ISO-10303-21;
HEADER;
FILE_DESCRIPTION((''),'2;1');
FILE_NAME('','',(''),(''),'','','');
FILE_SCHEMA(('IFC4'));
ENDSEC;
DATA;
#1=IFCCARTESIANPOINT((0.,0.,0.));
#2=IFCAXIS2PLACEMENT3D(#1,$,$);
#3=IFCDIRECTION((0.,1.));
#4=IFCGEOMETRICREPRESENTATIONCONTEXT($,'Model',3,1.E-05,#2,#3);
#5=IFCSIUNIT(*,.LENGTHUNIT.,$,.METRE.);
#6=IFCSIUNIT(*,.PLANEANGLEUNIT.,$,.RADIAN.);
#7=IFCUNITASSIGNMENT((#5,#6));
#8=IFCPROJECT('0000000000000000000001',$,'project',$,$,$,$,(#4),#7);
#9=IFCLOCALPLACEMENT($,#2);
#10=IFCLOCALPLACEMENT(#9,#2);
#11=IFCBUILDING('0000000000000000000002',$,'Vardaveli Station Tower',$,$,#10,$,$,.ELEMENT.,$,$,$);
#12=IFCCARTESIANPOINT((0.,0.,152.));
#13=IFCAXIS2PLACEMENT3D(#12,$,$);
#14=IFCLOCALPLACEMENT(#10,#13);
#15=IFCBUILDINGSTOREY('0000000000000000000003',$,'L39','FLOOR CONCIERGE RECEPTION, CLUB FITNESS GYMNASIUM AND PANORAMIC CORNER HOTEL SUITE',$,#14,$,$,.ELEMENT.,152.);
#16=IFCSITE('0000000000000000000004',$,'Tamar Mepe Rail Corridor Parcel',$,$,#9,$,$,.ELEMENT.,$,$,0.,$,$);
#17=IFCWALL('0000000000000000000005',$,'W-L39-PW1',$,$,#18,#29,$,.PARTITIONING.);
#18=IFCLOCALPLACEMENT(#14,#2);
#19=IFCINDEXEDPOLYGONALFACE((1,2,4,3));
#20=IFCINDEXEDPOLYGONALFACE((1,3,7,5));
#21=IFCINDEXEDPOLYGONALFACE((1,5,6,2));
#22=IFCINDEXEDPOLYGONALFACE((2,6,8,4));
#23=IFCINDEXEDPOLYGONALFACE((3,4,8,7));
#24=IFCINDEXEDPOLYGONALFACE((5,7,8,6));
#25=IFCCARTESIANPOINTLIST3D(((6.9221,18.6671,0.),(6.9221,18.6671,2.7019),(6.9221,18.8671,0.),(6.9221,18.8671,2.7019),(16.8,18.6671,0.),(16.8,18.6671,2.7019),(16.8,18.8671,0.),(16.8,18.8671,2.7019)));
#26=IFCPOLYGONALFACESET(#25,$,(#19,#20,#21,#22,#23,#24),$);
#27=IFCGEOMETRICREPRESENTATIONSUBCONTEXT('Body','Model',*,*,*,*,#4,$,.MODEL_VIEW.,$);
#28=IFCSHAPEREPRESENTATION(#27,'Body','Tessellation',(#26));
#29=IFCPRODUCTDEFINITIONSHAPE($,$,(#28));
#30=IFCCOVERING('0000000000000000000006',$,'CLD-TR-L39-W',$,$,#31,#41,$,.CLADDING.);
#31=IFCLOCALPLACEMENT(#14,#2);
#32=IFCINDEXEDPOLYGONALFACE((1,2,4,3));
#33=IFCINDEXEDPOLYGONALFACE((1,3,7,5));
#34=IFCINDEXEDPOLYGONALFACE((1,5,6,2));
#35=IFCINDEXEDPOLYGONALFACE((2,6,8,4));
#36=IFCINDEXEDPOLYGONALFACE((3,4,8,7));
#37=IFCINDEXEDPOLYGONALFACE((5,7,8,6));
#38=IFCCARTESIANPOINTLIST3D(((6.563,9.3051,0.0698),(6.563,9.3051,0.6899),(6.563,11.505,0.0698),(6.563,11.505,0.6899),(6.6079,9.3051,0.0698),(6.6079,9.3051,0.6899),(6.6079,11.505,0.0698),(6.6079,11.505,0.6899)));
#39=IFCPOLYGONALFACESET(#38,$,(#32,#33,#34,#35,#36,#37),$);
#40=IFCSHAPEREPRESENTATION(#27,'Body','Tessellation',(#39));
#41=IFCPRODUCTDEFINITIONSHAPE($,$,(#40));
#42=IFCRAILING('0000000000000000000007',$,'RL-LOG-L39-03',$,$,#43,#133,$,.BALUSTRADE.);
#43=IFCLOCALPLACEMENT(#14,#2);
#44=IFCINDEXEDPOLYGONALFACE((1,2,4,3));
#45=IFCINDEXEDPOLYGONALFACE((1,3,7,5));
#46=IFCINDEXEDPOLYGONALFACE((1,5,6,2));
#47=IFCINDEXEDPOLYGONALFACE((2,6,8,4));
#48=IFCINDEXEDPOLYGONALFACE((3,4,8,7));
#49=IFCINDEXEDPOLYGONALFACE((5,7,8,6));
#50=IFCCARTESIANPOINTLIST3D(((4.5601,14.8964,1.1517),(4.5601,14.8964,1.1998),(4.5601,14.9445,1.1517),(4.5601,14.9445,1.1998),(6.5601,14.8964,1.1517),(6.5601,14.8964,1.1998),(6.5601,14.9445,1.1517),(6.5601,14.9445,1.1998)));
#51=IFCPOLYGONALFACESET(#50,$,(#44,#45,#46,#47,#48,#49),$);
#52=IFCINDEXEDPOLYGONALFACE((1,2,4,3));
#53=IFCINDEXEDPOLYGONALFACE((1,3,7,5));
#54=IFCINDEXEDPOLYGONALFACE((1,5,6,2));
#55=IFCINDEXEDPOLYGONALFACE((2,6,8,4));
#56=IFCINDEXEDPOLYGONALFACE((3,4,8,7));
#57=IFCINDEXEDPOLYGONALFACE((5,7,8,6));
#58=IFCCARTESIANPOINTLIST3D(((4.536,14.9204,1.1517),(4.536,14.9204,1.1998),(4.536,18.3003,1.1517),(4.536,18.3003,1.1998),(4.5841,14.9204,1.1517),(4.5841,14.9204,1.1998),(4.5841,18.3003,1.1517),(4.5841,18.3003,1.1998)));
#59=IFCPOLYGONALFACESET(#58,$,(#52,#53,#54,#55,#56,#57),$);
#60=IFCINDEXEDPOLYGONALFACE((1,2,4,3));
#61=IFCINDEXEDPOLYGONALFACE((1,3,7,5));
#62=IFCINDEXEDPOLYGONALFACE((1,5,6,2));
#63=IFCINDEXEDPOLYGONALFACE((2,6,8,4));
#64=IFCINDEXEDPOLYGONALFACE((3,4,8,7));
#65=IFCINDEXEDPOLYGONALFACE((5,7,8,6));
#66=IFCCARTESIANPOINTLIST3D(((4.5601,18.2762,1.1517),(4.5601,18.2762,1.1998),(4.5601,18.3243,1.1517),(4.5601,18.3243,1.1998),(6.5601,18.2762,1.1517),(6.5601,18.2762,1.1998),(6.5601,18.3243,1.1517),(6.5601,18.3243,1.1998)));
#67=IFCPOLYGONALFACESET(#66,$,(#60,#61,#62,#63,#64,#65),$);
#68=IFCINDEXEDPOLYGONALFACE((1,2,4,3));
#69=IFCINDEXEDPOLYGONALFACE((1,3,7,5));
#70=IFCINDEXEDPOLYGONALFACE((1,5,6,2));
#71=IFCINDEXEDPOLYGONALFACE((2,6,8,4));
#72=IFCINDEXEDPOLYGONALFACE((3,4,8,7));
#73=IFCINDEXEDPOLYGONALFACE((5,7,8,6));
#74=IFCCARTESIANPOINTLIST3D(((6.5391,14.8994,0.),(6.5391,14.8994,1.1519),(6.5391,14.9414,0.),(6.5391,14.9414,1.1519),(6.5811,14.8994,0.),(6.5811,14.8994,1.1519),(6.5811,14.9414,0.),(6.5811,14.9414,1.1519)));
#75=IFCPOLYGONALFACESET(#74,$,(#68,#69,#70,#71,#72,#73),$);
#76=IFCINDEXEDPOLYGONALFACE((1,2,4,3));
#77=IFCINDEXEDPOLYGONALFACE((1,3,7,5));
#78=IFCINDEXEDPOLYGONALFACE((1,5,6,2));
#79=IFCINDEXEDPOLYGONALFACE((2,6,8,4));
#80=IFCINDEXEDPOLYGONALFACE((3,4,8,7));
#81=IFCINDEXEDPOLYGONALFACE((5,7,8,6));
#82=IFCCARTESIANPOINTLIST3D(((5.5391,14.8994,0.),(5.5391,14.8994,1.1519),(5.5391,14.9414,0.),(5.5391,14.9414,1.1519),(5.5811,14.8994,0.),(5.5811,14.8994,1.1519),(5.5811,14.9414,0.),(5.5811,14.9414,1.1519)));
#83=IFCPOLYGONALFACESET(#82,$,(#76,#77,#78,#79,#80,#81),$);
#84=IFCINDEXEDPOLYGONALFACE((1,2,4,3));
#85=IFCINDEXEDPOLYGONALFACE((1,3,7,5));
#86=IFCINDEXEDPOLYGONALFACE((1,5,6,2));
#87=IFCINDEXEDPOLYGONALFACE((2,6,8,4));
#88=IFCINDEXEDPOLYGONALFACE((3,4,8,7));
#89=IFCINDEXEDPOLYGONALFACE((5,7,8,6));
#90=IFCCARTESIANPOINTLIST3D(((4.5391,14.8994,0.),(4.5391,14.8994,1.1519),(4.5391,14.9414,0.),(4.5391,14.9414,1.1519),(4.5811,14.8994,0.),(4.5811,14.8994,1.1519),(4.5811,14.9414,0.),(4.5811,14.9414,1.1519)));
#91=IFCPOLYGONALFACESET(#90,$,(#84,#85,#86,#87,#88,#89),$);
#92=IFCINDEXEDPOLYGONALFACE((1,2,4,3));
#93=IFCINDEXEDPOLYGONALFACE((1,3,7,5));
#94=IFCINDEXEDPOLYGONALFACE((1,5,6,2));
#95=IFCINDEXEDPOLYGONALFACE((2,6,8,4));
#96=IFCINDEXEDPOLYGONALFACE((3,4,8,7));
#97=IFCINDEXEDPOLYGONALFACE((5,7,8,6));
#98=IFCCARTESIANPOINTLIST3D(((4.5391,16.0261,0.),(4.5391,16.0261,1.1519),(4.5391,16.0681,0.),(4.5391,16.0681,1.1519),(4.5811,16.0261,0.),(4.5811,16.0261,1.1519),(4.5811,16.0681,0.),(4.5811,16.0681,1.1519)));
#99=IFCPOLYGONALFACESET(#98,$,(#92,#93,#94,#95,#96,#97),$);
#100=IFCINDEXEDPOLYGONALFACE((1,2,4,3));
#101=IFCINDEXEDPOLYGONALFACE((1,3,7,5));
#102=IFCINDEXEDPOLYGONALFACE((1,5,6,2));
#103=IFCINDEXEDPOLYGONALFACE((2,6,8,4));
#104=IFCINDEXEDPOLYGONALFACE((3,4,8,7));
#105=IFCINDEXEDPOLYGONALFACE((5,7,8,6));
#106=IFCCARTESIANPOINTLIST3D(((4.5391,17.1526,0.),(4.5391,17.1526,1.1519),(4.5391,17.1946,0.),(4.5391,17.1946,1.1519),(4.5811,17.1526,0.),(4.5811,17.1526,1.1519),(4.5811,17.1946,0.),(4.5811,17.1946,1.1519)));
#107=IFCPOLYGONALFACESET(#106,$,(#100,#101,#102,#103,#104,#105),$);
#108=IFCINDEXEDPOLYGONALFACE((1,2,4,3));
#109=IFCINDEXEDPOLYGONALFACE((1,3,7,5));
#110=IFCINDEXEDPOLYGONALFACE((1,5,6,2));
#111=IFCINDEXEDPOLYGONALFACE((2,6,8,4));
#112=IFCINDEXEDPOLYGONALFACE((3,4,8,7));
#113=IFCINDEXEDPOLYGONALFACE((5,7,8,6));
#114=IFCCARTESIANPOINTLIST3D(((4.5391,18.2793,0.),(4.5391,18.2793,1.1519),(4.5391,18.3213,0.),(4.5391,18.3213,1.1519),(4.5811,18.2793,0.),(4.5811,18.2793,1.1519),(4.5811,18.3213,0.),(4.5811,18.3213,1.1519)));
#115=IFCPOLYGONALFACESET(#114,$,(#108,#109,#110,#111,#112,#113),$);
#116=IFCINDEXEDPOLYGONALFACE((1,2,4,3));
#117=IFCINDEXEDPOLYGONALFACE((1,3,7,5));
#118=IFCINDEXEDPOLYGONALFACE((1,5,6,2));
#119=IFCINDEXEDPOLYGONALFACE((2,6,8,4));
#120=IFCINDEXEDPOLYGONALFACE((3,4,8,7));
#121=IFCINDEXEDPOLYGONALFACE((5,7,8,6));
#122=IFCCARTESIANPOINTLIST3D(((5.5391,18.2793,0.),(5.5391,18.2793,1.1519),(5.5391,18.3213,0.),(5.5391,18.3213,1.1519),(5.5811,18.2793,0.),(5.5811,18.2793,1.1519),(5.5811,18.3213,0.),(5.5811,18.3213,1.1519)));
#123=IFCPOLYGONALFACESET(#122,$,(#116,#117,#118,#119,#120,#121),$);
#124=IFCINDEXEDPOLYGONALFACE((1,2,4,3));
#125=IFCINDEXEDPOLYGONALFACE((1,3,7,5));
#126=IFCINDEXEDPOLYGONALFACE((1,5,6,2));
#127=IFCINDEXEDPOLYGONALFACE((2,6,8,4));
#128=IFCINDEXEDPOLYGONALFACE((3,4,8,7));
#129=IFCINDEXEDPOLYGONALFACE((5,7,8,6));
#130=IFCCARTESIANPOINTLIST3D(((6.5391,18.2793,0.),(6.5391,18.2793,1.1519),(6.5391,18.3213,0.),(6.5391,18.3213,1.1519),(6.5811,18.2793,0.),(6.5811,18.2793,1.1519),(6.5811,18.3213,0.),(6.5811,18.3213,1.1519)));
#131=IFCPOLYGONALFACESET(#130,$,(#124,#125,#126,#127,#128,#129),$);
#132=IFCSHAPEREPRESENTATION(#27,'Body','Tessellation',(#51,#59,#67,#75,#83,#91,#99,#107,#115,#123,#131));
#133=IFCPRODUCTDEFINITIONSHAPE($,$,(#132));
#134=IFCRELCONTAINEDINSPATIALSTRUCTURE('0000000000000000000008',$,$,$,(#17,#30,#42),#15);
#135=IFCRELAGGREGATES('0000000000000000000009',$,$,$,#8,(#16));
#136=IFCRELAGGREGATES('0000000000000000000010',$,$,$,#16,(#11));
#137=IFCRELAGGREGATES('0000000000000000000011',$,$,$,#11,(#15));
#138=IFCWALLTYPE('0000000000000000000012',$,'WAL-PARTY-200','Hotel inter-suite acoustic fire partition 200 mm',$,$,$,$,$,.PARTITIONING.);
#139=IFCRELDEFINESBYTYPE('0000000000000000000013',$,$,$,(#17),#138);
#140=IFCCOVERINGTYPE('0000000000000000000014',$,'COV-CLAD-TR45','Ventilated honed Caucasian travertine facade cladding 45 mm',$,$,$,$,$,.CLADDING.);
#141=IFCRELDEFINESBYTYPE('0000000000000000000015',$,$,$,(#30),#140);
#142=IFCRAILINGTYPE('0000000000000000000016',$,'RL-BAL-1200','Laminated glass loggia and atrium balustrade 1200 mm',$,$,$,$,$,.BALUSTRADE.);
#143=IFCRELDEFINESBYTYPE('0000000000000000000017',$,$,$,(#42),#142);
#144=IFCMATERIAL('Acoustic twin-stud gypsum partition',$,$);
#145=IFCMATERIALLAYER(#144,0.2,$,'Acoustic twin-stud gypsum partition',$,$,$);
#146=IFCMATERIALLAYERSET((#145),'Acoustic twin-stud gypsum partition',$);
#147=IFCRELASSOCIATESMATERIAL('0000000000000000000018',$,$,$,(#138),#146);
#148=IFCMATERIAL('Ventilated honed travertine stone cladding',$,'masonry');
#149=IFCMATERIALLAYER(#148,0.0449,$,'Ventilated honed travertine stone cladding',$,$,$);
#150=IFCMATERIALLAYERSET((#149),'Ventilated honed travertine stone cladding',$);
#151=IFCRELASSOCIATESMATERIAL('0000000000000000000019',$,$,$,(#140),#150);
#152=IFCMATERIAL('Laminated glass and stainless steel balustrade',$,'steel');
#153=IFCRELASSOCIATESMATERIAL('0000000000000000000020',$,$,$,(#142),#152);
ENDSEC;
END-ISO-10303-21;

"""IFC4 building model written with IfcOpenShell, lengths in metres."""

from ifc_helpers import new_model, si_unit, direction, frame, frame_2d, origin, origin_2d, place, context, subcontext, project, spatial, rectangle, extrude, source, transform, mapped, material, layer, layer_set, type_object, element, save


model = new_model("IFC4")

# Units and contexts
model_context = context("Model", 3, precision=1e-05, world=origin(), true_north=direction((0.0, 1.0)))
body_context = subcontext(model_context, "Body", "Model", "MODEL_VIEW")
ifc_project = project(units=[si_unit("LENGTHUNIT", "METRE"), si_unit("PLANEANGLEUNIT", "RADIAN")], contexts=[model_context])

# Site, building, storey
site_placement = place(None, origin())
site = spatial("IfcSite", under=ifc_project, at=site_placement, Name="Tamar Mepe Rail Corridor Parcel", CompositionType="ELEMENT", RefElevation=0.0)
building_placement = place(site_placement, origin())
building = spatial("IfcBuilding", under=site, at=building_placement, Name="Vardaveli Station Tower", CompositionType="ELEMENT")
storey_placement = place(building_placement, frame((0.0, 0.0, 152.0)))
storey = spatial("IfcBuildingStorey", under=building, at=storey_placement, Name="L39", Description="FLOOR CONCIERGE RECEPTION, CLUB FITNESS GYMNASIUM AND PANORAMIC CORNER HOTEL SUITE", CompositionType="ELEMENT", Elevation=152.0)

# Wall
ifc_material_1 = material(Name="Acoustic twin-stud gypsum partition")
ifc_layer_1 = layer(ifc_material_1, 0.2, Name="Acoustic twin-stud gypsum partition")
ifc_layer_set_1 = layer_set([ifc_layer_1], Name="Acoustic twin-stud gypsum partition")
wall_type_1 = type_object("IfcWallType", Name="WAL-PARTY-200", Description="Hotel inter-suite acoustic fire partition 200 mm", PredefinedType="PARTITIONING", material=ifc_layer_set_1)
shared_shape_1 = source(origin(), body_context, "Body", "SweptSolid", [
    extrude(rectangle(XDim=9.8779, YDim=0.2, at=frame_2d((4.939, 0.0))), origin(), (0.0, 0.0, 1.0), 2.7019),
])
wall_1_placement = place(storey_placement, frame((6.9221, 18.7671, 0.0), z_axis=(0.0, 0.0, 1.0), x_axis=(1.0, 0.0, 0.0)))
element("IfcWall", 1, at=wall_1_placement, inside=storey, type_object=wall_type_1, Name="W-L39-PW1", PredefinedType="PARTITIONING", context=body_context, shape_type="MappedRepresentation", body=[
    mapped(shared_shape_1, transform((0.0, 0.0, 0.0), scale=1.0)),
])

# Covering
ifc_material_2 = material(Name="Ventilated honed travertine stone cladding", Category="masonry")
ifc_layer_2 = layer(ifc_material_2, 0.0449, Name="Ventilated honed travertine stone cladding")
ifc_layer_set_2 = layer_set([ifc_layer_2], Name="Ventilated honed travertine stone cladding")
covering_type = type_object("IfcCoveringType", Name="COV-CLAD-TR45", Description="Ventilated honed Caucasian travertine facade cladding 45 mm", PredefinedType="CLADDING", material=ifc_layer_set_2)
shared_shape_2 = source(origin(), body_context, "Body", "SweptSolid", [
    extrude(rectangle(XDim=2.2, YDim=0.0449, at=origin_2d()), origin(), (0.0, 0.0, 1.0), 0.6201),
])
covering_placement = place(storey_placement, frame((6.5854, 10.405, 0.0698), z_axis=(0.0, 0.0, 1.0), x_axis=(0.0, 1.0, 0.0)))
element("IfcCovering", 2, at=covering_placement, inside=storey, type_object=covering_type, Name="CLD-TR-L39-W", PredefinedType="CLADDING", context=body_context, shape_type="MappedRepresentation", body=[
    mapped(shared_shape_2, transform((0.0, 0.0, 0.0), scale=1.0)),
])

# Railing
ifc_material_3 = material(Name="Laminated glass and stainless steel balustrade", Category="steel")
railing_type = type_object("IfcRailingType", Name="RL-BAL-1200", Description="Laminated glass loggia and atrium balustrade 1200 mm", PredefinedType="BALUSTRADE", material=ifc_material_3)
shared_shape_3 = source(origin(), body_context, "Body", "SweptSolid", [
    extrude(rectangle(XDim=0.0481, YDim=0.0481, at=origin_2d()), frame((0.0, 0.0, 1.1758), z_axis=(-1.0, 0.0, 0.0), x_axis=(0.0, -1.0, 0.0)), (0.0, 0.0, 1.0), 2.0),
    extrude(rectangle(XDim=0.0481, YDim=0.0481, at=origin_2d()), frame((-2.0, 0.0, 1.1758), z_axis=(0.0, 1.0, 0.0), x_axis=(-1.0, 0.0, 0.0)), (0.0, 0.0, 1.0), 3.3799),
    extrude(rectangle(XDim=0.0481, YDim=0.0481, at=origin_2d()), frame((-2.0, 3.3799, 1.1758), z_axis=(1.0, 0.0, 0.0), x_axis=(0.0, 1.0, 0.0)), (0.0, 0.0, 1.0), 2.0),
    extrude(rectangle(XDim=0.042, YDim=0.042, at=origin_2d()), origin(), (0.0, 0.0, 1.0), 1.1519),
    extrude(rectangle(XDim=0.042, YDim=0.042, at=origin_2d()), frame((-1.0, 0.0, 0.0)), (0.0, 0.0, 1.0), 1.1519),
    extrude(rectangle(XDim=0.042, YDim=0.042, at=origin_2d()), frame((-2.0, 0.0, 0.0)), (0.0, 0.0, 1.0), 1.1519),
    extrude(rectangle(XDim=0.042, YDim=0.042, at=origin_2d()), frame((-2.0, 1.1267, 0.0)), (0.0, 0.0, 1.0), 1.1519),
    extrude(rectangle(XDim=0.042, YDim=0.042, at=origin_2d()), frame((-2.0, 2.2532, 0.0)), (0.0, 0.0, 1.0), 1.1519),
    extrude(rectangle(XDim=0.042, YDim=0.042, at=origin_2d()), frame((-2.0, 3.3799, 0.0)), (0.0, 0.0, 1.0), 1.1519),
    extrude(rectangle(XDim=0.042, YDim=0.042, at=origin_2d()), frame((-1.0, 3.3799, 0.0)), (0.0, 0.0, 1.0), 1.1519),
    extrude(rectangle(XDim=0.042, YDim=0.042, at=origin_2d()), frame((0.0, 3.3799, 0.0)), (0.0, 0.0, 1.0), 1.1519),
])
railing_placement = place(storey_placement, frame((6.5601, 14.9204, 0.0)))
element("IfcRailing", 3, at=railing_placement, inside=storey, type_object=railing_type, Name="RL-LOG-L39-03", PredefinedType="BALUSTRADE", context=body_context, shape_type="MappedRepresentation", body=[
    mapped(shared_shape_3, transform((0.0, 0.0, 0.0), scale=1.0)),
])

save(model, "model.ifc")
